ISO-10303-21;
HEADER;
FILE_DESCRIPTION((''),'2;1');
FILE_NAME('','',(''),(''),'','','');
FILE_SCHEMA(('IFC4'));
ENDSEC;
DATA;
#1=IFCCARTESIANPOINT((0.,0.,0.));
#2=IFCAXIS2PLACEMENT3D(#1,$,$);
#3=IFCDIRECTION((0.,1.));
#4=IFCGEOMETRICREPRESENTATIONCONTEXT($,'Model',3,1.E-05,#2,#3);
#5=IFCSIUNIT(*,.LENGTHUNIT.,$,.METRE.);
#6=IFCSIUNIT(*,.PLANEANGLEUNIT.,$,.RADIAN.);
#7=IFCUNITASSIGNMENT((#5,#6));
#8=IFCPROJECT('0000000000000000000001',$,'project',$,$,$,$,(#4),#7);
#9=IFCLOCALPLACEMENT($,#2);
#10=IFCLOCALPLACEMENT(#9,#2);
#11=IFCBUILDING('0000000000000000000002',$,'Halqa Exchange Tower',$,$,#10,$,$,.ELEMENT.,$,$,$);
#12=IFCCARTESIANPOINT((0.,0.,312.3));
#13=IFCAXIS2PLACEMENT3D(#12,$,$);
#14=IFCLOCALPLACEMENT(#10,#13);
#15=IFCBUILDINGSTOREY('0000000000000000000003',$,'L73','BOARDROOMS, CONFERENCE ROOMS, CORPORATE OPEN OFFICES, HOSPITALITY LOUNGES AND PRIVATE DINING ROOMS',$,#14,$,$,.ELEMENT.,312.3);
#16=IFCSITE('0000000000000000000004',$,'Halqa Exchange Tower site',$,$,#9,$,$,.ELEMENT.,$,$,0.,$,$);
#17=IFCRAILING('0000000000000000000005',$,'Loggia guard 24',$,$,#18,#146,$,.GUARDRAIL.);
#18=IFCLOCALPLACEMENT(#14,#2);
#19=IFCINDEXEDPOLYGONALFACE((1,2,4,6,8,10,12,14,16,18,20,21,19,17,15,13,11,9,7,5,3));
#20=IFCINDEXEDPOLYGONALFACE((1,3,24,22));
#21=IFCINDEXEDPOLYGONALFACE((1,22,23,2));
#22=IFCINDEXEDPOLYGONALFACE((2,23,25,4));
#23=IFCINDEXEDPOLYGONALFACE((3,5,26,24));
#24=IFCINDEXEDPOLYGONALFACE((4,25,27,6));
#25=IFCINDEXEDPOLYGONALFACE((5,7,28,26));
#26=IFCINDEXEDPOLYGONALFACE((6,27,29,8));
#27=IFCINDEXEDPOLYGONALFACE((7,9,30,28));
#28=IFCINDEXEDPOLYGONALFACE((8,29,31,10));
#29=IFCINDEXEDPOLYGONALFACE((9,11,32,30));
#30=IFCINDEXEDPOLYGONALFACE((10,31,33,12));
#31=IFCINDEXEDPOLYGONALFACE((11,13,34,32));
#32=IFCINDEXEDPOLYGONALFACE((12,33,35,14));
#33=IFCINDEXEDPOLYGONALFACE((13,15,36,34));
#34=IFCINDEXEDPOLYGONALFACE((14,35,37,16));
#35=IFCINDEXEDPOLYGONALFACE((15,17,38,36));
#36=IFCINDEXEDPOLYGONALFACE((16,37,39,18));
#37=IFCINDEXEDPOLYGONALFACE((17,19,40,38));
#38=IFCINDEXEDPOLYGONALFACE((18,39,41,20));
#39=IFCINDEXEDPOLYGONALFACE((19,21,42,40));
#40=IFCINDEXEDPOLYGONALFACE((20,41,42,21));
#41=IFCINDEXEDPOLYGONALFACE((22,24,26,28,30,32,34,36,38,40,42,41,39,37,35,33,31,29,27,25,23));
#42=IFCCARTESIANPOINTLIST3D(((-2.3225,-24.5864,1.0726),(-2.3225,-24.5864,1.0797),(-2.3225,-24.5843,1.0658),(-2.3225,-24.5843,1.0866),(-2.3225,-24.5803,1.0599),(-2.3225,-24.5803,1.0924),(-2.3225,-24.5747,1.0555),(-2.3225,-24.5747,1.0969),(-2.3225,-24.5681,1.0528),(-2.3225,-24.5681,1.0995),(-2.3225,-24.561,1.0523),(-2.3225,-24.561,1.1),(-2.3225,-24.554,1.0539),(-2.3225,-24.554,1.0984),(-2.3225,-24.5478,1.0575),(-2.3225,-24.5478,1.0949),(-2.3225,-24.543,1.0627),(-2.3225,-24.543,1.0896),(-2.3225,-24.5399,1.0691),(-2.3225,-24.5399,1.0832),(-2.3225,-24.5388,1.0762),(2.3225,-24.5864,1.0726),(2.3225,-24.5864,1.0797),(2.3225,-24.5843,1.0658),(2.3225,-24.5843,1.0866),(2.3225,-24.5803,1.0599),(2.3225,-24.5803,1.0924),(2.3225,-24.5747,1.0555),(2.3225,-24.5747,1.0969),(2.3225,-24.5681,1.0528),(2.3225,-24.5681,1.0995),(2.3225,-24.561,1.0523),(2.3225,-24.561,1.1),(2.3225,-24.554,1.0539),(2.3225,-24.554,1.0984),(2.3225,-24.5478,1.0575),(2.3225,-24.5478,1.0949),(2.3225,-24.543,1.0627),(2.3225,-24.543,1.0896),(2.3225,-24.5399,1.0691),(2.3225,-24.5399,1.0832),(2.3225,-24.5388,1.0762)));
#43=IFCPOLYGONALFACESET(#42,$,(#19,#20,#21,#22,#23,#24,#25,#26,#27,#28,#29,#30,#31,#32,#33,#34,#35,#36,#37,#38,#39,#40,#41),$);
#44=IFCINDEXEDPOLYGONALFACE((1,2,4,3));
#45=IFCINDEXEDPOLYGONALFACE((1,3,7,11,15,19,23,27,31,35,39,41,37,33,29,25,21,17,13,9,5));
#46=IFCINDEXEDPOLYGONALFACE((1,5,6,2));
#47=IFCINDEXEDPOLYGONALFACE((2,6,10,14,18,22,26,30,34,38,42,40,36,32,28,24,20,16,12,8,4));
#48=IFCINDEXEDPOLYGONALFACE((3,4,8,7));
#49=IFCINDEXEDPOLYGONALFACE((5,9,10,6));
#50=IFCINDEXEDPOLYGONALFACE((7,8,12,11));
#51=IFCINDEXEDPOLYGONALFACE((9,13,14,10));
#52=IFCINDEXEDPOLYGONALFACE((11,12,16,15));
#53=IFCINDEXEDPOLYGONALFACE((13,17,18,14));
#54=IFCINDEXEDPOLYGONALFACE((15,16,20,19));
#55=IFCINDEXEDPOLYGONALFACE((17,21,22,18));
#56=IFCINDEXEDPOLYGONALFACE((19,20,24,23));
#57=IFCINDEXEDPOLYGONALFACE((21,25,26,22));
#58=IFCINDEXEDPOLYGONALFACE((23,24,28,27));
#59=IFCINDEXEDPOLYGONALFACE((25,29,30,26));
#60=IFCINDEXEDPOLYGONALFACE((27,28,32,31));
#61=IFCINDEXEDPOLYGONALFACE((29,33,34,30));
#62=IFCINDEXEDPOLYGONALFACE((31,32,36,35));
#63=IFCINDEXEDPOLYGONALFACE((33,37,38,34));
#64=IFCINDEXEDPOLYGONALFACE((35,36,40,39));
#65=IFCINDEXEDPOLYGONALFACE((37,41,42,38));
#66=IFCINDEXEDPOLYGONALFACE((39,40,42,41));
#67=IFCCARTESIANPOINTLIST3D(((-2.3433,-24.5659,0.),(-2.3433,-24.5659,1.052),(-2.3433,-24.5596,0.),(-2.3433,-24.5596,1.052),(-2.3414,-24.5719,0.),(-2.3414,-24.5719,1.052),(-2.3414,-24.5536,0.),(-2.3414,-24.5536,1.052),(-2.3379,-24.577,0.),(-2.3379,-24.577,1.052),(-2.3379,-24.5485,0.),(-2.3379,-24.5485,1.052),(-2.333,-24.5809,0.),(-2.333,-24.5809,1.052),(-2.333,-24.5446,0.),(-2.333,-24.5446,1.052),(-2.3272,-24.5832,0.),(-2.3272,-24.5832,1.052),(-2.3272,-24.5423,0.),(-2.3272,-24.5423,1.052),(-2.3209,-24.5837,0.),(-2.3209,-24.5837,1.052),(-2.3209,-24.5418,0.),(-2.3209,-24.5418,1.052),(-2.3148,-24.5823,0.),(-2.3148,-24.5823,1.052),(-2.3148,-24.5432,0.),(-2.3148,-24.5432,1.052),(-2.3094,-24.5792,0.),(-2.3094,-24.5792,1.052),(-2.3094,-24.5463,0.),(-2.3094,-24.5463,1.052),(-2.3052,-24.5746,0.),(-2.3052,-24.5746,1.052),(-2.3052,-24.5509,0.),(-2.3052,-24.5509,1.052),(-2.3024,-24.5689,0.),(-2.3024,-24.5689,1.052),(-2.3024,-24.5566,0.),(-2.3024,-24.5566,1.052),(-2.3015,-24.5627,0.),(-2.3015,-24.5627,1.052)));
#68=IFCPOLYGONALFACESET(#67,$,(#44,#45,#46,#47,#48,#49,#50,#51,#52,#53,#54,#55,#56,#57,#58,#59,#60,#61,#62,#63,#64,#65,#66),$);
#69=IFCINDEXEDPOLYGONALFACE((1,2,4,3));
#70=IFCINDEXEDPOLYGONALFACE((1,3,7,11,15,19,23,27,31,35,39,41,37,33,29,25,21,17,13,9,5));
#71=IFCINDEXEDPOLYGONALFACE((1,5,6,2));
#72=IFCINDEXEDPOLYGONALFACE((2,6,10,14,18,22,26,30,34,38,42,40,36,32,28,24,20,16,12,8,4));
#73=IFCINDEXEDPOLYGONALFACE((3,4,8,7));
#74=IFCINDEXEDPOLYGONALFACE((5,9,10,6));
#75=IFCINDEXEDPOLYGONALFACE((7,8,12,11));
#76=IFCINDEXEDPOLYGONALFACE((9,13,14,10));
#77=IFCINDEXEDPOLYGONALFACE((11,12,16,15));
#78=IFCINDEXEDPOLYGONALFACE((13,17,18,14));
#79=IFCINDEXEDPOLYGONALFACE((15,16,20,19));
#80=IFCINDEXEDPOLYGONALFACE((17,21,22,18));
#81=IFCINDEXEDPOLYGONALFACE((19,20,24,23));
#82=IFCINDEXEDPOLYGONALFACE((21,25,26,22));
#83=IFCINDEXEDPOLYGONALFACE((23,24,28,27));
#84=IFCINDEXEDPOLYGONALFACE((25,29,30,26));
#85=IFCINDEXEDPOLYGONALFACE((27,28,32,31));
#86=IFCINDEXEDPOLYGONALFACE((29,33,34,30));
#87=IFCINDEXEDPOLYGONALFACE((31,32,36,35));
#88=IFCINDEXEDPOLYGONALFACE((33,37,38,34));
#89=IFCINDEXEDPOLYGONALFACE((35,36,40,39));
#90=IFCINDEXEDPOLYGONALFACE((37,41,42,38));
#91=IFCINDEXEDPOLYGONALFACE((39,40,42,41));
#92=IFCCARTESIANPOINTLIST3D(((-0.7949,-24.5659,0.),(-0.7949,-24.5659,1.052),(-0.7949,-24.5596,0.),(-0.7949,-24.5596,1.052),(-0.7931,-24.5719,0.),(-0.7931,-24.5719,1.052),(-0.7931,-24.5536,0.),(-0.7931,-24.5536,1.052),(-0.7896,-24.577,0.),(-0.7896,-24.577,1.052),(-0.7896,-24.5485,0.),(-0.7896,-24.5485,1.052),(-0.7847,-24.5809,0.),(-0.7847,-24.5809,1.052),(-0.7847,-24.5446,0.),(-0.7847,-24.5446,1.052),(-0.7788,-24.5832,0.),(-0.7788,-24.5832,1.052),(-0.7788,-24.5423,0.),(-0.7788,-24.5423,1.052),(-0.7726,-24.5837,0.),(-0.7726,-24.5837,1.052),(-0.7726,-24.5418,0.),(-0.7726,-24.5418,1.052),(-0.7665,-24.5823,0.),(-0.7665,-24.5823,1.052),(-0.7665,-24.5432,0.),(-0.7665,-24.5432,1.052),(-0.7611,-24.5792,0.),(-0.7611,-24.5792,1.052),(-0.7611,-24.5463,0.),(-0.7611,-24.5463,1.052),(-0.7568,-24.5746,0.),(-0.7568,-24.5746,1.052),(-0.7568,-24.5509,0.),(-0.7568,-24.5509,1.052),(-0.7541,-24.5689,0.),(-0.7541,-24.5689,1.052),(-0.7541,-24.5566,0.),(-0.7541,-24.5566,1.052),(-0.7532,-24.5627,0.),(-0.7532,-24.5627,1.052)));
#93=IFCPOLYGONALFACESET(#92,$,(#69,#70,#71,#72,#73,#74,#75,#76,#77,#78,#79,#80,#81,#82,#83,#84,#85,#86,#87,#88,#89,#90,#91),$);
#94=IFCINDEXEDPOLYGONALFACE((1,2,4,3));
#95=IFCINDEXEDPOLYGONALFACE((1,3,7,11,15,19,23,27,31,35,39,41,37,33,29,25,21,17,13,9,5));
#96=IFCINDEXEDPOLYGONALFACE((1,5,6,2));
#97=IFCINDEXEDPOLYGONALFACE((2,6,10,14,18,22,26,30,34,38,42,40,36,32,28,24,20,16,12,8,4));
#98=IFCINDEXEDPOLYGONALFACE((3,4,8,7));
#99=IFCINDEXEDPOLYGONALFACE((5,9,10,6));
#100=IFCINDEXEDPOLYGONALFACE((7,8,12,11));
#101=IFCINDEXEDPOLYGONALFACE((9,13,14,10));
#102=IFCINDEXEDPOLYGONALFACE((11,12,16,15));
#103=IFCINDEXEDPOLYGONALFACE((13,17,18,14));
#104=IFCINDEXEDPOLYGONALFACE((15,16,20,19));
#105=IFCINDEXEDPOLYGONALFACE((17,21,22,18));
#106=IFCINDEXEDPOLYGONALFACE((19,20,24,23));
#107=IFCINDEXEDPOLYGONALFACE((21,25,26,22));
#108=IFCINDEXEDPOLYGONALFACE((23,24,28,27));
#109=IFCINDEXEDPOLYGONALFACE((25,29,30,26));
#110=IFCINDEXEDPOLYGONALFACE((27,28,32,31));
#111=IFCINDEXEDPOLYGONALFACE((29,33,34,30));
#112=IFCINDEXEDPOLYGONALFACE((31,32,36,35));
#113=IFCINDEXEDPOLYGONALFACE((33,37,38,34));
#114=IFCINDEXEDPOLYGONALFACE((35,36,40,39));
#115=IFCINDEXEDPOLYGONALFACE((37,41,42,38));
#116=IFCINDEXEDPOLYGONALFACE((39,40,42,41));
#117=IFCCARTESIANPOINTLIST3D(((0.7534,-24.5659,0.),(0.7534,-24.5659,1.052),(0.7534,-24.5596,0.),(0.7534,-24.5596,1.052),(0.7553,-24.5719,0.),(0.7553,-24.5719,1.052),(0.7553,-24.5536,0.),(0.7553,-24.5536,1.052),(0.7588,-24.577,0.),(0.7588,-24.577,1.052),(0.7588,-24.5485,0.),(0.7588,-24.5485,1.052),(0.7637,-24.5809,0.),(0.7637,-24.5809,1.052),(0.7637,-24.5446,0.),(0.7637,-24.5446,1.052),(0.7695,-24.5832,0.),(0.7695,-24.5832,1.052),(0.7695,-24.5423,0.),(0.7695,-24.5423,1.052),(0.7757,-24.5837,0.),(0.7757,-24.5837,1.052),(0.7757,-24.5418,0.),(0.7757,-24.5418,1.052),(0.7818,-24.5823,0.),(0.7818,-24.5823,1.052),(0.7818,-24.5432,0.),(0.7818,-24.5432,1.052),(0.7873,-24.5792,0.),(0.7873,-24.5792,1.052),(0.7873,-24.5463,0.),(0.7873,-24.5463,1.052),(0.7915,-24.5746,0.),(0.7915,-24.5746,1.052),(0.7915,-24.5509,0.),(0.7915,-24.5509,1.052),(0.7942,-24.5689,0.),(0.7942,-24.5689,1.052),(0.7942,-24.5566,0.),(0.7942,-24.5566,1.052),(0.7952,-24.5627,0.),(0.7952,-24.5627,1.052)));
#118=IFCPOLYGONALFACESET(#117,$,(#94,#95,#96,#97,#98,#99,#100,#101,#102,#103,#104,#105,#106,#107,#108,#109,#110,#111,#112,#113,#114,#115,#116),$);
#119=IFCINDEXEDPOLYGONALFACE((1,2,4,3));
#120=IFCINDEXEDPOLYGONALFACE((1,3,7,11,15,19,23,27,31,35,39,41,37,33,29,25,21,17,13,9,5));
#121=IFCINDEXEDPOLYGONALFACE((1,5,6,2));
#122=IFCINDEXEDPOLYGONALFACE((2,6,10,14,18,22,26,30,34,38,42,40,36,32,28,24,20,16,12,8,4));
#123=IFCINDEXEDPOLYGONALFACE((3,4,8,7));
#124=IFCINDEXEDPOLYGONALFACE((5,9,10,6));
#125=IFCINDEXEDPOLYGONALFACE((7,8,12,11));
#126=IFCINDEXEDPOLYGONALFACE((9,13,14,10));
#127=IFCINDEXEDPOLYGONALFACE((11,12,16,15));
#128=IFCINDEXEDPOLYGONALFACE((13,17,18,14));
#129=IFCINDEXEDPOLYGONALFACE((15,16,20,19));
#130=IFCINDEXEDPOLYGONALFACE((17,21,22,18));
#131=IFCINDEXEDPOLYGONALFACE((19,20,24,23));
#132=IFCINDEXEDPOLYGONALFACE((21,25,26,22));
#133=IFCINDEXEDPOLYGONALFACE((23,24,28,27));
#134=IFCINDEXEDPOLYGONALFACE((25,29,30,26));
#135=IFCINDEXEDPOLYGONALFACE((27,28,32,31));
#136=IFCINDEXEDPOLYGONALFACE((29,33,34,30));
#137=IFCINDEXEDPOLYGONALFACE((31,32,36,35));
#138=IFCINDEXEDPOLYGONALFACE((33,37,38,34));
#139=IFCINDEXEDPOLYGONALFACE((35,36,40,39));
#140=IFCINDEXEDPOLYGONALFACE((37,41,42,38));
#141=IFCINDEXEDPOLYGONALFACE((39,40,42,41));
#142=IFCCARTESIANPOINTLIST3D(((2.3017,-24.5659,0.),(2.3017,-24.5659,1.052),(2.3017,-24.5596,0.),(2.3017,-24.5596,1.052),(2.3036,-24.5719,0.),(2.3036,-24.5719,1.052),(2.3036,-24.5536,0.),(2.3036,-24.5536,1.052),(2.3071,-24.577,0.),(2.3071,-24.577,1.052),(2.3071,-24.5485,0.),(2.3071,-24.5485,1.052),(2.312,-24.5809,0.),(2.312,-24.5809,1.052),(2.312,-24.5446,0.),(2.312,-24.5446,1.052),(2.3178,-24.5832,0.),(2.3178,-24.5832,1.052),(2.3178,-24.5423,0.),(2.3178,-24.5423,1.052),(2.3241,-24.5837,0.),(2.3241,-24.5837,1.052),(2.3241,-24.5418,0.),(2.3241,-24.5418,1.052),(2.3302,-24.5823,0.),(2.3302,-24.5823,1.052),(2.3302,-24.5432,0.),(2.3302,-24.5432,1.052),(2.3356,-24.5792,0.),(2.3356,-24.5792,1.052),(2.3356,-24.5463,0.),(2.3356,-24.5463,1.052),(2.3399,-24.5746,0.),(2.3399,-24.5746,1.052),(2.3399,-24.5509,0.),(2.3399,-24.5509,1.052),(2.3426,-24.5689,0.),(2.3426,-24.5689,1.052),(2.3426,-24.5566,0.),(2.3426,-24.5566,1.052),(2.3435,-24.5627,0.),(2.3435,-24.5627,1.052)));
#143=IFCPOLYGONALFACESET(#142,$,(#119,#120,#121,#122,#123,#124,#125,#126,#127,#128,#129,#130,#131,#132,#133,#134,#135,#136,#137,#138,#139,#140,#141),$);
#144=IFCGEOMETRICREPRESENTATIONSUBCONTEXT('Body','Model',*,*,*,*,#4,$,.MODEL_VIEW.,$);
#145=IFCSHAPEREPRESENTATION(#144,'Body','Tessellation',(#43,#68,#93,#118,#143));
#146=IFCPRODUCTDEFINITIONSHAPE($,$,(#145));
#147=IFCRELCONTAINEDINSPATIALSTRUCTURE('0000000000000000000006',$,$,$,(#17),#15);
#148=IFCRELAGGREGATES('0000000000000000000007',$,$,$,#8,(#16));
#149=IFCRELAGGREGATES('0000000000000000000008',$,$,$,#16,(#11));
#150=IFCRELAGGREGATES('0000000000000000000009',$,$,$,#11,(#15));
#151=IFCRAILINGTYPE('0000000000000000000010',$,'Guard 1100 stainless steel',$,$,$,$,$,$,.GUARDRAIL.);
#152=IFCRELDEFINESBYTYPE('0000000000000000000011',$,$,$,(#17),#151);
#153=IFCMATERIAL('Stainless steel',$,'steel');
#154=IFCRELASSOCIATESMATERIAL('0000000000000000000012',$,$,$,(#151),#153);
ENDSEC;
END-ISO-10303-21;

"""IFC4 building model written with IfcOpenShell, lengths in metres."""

from ifc_helpers import new_model, si_unit, direction, frame, origin, origin_2d, place, context, subcontext, project, spatial, circle, extrude, material, type_object, element, save


model = new_model("IFC4")

# Units and contexts
model_context = context("Model", 3, precision=1e-05, world=origin(), true_north=direction((0.0, 1.0)))
body_context = subcontext(model_context, "Body", "Model", "MODEL_VIEW")
ifc_project = project(units=[si_unit("LENGTHUNIT", "METRE"), si_unit("PLANEANGLEUNIT", "RADIAN")], contexts=[model_context])

# Site, building, storey
site_placement = place(None, origin())
site = spatial("IfcSite", under=ifc_project, at=site_placement, Name="Halqa Exchange Tower site", CompositionType="ELEMENT", RefElevation=0.0)
building_placement = place(site_placement, origin())
building = spatial("IfcBuilding", under=site, at=building_placement, Name="Halqa Exchange Tower", CompositionType="ELEMENT")
storey_placement = place(building_placement, frame((0.0, 0.0, 312.3)))
storey = spatial("IfcBuildingStorey", under=building, at=storey_placement, Name="L73", Description="BOARDROOMS, CONFERENCE ROOMS, CORPORATE OPEN OFFICES, HOSPITALITY LOUNGES AND PRIVATE DINING ROOMS", CompositionType="ELEMENT", Elevation=312.3)

# Railing
ifc_material_1 = material(Name="Stainless steel", Category="steel")
railing_type = type_object("IfcRailingType", Name="Guard 1100 stainless steel", PredefinedType="GUARDRAIL", material=ifc_material_1)
railing_1_placement = place(storey_placement, frame((-2.3225, -24.5627, 0.0)))
element("IfcRailing", 1, at=railing_1_placement, inside=storey, type_object=railing_type, Name="Loggia guard 24", PredefinedType="GUARDRAIL", context=body_context, shape_type="SweptSolid", body=[
    extrude(circle(Radius=0.0239, at=origin_2d()), frame((0.0, 0.0, 1.0762), z_axis=(1.0, 0.0, 0.0), x_axis=(0.0, 1.0, 0.0)), (0.0, 0.0, 1.0), 4.645),
    extrude(circle(Radius=0.021, at=origin_2d()), origin(), (0.0, 0.0, 1.0), 1.052),
    extrude(circle(Radius=0.021, at=origin_2d()), frame((1.5483, 0.0, 0.0)), (0.0, 0.0, 1.0), 1.052),
    extrude(circle(Radius=0.021, at=origin_2d()), frame((3.0967, 0.0, 0.0)), (0.0, 0.0, 1.0), 1.052),
    extrude(circle(Radius=0.021, at=origin_2d()), frame((4.645, 0.0, 0.0)), (0.0, 0.0, 1.0), 1.052),
])

save(model, "model.ifc")
